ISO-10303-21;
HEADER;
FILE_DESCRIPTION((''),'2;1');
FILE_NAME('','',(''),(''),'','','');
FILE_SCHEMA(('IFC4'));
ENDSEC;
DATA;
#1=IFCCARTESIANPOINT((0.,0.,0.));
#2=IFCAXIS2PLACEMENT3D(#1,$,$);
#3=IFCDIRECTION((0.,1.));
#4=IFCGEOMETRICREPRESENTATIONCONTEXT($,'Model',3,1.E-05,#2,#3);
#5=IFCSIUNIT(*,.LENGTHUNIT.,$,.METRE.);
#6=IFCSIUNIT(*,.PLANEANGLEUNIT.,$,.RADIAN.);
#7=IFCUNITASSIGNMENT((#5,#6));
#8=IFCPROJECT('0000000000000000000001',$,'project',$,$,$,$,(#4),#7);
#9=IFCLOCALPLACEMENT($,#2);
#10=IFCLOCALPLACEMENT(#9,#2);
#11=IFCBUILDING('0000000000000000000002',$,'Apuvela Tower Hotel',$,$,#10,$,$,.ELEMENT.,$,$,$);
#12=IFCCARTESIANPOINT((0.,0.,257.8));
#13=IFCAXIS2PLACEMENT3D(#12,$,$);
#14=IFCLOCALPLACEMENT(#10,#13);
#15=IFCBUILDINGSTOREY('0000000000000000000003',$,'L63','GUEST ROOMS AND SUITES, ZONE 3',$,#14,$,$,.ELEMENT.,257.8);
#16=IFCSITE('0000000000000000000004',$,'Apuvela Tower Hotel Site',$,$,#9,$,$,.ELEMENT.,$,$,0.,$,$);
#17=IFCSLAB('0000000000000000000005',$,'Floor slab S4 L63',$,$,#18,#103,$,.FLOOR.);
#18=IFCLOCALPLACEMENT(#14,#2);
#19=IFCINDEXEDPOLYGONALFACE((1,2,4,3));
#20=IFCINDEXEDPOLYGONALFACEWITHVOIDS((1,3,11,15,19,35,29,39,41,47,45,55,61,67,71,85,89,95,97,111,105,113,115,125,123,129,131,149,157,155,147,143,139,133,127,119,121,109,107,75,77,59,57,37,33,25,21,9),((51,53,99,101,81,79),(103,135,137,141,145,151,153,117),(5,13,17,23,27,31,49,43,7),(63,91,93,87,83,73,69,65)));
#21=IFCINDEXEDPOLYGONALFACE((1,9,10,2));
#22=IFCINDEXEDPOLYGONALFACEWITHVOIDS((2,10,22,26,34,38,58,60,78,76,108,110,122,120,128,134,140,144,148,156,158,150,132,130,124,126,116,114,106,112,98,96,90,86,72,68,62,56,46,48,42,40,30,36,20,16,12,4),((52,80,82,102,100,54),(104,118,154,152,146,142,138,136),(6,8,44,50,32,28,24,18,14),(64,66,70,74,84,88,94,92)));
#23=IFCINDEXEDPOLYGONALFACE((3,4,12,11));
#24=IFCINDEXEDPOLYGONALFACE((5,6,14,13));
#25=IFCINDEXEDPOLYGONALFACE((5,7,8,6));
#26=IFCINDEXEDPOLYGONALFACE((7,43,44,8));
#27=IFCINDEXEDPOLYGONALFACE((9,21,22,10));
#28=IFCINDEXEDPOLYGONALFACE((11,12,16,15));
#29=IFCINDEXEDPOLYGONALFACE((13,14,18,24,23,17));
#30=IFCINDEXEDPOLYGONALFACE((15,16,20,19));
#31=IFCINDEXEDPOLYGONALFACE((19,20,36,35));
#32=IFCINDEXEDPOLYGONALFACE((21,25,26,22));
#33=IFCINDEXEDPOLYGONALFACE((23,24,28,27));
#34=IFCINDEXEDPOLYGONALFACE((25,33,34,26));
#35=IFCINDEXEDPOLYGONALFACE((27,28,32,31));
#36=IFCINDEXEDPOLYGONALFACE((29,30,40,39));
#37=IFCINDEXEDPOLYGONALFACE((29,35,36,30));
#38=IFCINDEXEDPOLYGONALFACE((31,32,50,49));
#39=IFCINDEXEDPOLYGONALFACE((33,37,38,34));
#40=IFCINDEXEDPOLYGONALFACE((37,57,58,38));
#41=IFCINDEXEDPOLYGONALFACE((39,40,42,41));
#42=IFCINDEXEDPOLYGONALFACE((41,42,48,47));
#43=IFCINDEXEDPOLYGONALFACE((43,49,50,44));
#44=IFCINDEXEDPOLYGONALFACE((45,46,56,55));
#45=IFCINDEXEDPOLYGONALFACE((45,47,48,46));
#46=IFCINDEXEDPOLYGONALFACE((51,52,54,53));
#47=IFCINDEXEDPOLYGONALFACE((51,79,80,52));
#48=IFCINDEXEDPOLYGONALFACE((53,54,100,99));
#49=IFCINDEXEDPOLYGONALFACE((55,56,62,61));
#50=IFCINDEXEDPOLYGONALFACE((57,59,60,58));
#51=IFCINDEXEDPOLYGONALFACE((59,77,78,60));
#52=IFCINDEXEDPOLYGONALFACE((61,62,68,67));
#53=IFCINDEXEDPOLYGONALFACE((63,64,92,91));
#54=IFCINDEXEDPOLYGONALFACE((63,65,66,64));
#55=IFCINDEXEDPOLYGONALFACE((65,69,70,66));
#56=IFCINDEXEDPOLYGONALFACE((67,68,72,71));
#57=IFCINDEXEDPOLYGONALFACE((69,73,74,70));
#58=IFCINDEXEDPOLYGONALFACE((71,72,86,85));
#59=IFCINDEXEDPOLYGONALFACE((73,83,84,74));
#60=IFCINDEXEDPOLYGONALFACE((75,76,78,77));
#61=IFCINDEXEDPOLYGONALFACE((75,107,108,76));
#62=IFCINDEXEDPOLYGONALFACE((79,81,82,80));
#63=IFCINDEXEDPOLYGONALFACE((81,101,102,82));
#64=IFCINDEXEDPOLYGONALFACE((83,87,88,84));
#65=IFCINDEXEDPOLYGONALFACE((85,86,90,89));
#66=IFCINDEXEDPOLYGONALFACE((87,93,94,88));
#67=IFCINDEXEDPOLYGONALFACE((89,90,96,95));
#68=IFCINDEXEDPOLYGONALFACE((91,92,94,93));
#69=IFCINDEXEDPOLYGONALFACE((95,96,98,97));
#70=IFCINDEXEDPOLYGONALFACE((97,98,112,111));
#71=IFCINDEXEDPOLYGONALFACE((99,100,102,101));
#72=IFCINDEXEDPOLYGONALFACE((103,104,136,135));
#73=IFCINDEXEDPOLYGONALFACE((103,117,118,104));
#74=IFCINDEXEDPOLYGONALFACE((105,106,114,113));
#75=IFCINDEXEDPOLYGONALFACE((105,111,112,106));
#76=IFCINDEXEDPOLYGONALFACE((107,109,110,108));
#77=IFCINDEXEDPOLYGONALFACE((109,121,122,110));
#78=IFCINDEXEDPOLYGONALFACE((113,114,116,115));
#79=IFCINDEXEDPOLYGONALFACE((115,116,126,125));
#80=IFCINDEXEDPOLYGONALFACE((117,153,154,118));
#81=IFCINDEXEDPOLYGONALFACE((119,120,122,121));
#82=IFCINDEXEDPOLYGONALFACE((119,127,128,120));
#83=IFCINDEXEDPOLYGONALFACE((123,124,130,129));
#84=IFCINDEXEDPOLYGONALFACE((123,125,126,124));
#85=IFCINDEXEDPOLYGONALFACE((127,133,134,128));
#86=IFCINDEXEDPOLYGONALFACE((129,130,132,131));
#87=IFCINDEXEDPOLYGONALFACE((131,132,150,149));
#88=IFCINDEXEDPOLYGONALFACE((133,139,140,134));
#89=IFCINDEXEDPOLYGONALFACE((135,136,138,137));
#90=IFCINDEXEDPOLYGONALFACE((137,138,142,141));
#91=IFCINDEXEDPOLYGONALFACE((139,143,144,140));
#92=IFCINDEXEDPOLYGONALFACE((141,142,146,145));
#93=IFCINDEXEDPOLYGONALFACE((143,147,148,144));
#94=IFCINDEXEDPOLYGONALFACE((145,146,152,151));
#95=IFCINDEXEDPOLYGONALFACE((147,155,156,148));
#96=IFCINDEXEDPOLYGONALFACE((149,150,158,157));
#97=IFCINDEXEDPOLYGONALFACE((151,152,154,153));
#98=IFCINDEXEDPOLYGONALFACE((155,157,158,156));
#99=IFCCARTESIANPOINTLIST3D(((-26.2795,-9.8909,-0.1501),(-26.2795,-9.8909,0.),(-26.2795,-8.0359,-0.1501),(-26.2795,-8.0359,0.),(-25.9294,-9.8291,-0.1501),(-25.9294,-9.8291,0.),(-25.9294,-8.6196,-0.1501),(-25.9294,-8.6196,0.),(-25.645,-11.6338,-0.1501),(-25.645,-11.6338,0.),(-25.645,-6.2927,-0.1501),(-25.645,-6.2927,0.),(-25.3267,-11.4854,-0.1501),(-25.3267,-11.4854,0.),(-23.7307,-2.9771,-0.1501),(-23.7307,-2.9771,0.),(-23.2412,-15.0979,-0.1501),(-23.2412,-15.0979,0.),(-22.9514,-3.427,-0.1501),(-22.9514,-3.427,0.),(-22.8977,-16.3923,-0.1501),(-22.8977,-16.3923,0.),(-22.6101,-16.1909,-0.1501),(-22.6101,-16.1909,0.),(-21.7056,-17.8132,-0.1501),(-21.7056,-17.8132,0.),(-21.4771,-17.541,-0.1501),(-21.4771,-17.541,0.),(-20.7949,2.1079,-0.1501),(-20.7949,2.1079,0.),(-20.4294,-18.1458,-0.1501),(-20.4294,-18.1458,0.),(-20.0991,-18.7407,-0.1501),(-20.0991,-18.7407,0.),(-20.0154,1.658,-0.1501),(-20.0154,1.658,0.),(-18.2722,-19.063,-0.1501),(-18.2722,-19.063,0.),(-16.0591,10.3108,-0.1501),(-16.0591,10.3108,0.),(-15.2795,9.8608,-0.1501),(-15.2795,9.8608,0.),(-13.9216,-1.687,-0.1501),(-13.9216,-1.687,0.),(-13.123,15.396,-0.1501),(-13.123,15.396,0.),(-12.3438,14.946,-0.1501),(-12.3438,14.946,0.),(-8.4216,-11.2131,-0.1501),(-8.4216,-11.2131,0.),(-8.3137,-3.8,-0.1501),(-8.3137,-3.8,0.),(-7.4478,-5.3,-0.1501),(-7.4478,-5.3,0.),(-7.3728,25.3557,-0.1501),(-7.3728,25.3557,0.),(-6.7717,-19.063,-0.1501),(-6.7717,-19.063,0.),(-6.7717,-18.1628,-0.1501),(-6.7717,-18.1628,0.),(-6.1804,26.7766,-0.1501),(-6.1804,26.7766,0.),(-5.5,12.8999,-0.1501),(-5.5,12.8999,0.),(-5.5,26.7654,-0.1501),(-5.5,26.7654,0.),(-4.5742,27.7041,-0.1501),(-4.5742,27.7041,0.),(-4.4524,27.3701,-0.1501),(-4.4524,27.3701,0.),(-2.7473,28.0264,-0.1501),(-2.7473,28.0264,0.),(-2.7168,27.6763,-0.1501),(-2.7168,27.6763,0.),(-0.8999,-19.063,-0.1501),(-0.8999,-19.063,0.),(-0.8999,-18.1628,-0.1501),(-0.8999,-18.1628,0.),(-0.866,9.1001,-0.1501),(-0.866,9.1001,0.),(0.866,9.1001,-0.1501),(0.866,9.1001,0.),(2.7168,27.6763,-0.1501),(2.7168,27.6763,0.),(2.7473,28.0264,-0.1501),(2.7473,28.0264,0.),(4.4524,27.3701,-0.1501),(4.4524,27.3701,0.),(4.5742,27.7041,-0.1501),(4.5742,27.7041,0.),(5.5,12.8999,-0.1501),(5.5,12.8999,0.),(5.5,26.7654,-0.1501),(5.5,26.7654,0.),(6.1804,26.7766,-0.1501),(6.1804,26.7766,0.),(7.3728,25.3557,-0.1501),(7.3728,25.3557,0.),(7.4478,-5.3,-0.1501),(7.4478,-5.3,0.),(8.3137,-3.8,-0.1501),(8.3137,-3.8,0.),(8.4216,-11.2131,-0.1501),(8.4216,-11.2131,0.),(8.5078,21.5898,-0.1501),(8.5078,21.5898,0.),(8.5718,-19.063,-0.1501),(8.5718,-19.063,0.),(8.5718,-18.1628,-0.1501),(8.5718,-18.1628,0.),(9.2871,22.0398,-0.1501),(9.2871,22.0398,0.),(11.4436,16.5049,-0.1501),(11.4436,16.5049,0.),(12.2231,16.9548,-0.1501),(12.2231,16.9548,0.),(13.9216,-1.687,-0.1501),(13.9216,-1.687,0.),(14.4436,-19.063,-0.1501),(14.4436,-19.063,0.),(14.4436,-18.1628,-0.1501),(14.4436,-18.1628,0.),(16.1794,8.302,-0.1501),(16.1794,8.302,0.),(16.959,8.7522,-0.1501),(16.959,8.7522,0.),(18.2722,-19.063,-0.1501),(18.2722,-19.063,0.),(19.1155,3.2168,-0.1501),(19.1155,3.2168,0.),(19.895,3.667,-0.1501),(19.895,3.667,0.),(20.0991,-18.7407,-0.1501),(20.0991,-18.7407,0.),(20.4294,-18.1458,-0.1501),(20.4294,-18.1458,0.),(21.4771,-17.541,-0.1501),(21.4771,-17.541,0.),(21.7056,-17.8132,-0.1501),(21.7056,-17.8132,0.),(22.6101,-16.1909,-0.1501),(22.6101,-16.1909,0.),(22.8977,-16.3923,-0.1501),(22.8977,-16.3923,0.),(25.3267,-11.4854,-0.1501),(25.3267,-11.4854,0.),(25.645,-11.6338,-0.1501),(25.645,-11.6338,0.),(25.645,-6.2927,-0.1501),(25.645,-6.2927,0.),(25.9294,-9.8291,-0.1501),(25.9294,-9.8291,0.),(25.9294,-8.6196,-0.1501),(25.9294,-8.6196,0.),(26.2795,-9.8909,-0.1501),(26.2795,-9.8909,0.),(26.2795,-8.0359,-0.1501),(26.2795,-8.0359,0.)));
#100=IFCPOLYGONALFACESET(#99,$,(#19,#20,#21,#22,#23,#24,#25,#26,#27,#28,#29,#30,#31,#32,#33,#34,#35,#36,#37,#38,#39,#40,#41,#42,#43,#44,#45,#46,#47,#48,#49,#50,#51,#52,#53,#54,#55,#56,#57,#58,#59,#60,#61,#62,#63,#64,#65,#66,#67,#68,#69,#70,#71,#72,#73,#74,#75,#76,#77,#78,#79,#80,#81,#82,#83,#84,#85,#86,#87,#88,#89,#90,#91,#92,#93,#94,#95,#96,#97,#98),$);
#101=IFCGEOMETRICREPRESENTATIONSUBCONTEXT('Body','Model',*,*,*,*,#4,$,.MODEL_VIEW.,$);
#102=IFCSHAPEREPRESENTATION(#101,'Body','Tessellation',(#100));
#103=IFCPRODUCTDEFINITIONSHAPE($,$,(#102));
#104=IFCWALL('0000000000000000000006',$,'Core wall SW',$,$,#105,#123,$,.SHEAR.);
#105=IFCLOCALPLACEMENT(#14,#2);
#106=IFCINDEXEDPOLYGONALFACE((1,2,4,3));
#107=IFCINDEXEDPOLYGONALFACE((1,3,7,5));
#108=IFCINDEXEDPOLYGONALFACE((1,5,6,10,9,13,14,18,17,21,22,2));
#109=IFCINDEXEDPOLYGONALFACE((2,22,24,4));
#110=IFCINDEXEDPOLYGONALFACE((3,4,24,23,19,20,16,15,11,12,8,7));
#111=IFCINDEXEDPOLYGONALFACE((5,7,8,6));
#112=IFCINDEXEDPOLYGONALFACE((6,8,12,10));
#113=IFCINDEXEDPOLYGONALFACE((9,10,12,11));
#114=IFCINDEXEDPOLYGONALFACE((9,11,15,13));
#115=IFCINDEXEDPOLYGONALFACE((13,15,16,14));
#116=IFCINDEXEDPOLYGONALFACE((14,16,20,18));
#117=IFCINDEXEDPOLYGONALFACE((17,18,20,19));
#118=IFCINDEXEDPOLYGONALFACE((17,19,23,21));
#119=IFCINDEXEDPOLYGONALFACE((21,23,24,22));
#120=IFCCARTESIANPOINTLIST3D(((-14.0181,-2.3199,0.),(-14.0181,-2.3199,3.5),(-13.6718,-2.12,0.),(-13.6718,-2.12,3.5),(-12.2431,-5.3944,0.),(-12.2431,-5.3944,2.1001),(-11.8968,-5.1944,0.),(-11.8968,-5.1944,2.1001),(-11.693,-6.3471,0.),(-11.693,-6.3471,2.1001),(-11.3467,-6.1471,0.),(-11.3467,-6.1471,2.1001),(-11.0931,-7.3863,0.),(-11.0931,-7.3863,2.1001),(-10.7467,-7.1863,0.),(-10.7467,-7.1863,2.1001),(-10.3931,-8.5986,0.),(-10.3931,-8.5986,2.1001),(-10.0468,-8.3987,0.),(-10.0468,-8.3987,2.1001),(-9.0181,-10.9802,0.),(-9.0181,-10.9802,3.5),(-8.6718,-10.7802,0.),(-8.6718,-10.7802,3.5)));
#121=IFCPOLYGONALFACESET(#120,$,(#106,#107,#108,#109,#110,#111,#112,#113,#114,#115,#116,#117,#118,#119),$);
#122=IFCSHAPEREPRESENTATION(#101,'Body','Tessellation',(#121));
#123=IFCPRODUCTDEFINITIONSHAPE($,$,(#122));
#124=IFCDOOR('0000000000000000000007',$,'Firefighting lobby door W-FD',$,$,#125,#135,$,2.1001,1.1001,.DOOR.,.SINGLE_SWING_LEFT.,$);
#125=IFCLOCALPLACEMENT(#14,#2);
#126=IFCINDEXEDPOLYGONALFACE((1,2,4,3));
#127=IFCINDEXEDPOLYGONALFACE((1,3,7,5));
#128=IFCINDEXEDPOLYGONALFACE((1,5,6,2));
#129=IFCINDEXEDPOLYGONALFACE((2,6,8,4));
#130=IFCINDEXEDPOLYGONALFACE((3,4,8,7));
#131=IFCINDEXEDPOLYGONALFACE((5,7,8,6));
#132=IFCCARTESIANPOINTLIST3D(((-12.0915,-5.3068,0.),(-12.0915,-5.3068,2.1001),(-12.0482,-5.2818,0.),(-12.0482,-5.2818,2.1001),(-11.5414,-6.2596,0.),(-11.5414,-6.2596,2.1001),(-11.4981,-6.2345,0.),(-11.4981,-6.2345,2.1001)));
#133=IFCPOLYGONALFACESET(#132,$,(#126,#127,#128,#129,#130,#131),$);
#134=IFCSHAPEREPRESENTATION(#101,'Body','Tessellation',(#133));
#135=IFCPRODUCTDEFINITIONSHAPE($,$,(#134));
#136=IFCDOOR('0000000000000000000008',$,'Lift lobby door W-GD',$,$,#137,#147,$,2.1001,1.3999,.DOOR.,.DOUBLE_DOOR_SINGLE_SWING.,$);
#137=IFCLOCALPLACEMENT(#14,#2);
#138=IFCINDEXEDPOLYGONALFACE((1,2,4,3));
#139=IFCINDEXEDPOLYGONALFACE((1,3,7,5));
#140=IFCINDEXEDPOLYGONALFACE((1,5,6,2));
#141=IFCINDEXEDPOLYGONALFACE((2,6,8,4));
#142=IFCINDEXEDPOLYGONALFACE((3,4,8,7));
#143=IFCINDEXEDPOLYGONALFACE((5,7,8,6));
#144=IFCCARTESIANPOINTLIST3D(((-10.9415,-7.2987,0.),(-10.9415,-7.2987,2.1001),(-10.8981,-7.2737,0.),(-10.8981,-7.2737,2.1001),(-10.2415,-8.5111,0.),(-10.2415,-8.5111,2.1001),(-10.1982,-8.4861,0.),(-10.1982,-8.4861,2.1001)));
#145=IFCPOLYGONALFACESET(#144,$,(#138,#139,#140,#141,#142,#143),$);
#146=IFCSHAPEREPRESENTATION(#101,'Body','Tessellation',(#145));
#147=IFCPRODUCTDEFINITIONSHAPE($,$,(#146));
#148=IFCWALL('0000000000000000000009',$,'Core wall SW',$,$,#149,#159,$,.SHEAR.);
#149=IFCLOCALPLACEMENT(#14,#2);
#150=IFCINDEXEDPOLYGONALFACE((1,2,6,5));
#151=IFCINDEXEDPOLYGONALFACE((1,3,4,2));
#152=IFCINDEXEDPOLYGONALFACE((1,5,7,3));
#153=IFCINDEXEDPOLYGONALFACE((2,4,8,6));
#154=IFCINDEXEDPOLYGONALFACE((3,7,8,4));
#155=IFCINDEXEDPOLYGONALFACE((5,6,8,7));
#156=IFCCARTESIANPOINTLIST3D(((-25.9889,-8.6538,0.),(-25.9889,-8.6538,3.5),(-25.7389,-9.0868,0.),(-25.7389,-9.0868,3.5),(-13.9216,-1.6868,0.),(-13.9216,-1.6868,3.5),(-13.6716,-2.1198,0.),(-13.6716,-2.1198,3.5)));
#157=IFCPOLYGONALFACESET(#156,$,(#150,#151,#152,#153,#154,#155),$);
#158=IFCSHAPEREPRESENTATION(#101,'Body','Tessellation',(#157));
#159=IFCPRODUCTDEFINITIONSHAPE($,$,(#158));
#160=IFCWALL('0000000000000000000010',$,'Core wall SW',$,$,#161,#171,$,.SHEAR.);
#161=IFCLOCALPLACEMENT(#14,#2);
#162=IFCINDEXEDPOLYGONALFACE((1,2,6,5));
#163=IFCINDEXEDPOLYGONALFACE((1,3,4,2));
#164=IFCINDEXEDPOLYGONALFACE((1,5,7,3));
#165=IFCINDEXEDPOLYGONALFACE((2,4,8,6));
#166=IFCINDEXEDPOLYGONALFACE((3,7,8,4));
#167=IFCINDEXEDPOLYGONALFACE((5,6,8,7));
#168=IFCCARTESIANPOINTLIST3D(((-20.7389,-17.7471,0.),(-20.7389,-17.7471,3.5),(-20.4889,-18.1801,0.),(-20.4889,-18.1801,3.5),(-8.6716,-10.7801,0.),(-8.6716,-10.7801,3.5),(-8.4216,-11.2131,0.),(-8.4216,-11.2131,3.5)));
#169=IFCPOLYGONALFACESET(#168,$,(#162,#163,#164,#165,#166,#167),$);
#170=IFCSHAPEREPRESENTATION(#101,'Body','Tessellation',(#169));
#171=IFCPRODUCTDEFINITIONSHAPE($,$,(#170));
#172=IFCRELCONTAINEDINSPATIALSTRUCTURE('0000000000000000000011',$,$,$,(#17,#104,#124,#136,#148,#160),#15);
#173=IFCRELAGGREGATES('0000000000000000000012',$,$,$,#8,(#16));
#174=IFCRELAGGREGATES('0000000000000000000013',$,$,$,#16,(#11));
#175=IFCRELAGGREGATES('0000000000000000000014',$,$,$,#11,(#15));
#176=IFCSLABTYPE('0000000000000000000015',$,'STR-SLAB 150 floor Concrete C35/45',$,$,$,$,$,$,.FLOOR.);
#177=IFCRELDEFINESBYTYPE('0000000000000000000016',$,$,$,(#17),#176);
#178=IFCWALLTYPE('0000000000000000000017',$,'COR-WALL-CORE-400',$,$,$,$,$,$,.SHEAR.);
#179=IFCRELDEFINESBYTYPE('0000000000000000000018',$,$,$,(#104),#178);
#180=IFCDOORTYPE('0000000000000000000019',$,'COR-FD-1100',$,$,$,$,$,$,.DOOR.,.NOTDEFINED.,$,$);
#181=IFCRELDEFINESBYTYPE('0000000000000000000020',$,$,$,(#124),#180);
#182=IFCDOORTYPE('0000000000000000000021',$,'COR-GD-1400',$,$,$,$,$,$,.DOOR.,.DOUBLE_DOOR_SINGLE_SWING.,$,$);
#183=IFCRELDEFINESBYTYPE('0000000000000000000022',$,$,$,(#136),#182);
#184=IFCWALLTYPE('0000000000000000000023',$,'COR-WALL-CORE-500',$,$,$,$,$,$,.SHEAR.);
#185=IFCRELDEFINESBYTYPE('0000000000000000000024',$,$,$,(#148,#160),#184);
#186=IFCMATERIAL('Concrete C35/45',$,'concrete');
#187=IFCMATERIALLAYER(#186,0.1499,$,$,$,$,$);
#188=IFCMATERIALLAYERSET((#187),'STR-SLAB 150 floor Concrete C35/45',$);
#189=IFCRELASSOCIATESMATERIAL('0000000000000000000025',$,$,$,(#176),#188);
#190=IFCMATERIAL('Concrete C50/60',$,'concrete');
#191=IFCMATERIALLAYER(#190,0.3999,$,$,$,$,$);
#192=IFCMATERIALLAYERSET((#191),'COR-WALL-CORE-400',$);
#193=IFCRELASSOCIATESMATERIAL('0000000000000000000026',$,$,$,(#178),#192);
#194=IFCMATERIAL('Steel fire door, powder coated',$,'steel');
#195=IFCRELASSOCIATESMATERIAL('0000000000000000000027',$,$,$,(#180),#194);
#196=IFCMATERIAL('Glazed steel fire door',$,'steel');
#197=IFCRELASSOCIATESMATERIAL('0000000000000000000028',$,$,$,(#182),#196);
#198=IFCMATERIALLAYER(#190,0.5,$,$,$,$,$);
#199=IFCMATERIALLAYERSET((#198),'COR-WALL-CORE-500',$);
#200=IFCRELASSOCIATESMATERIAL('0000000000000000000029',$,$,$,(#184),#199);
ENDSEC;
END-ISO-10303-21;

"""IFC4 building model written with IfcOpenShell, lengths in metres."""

from ifc_helpers import new_model, si_unit, direction, frame, frame_2d, origin, place, context, subcontext, project, spatial, polyline, rectangle, outline, extrude, material, layer, layer_set, type_object, element, fill, save


model = new_model("IFC4")

# Units and contexts
model_context = context("Model", 3, precision=1e-05, world=origin(), true_north=direction((0.0, 1.0)))
body_context = subcontext(model_context, "Body", "Model", "MODEL_VIEW")
ifc_project = project(units=[si_unit("LENGTHUNIT", "METRE"), si_unit("PLANEANGLEUNIT", "RADIAN")], contexts=[model_context])

# Site, building, storey
site_placement = place(None, origin())
site = spatial("IfcSite", under=ifc_project, at=site_placement, Name="Apuvela Tower Hotel Site", CompositionType="ELEMENT", RefElevation=0.0)
building_placement = place(site_placement, origin())
building = spatial("IfcBuilding", under=site, at=building_placement, Name="Apuvela Tower Hotel", CompositionType="ELEMENT")
storey_placement = place(building_placement, frame((0.0, 0.0, 257.8)))
storey = spatial("IfcBuildingStorey", under=building, at=storey_placement, Name="L63", Description="GUEST ROOMS AND SUITES, ZONE 3", CompositionType="ELEMENT", Elevation=257.8)

# Slab
ifc_material_1 = material(Name="Concrete C35/45", Category="concrete")
ifc_layer_1 = layer(ifc_material_1, 0.1499)
ifc_layer_set_1 = layer_set([ifc_layer_1], Name="STR-SLAB 150 floor Concrete C35/45")
slab_type_1 = type_object("IfcSlabType", Name="STR-SLAB 150 floor Concrete C35/45", PredefinedType="FLOOR", material=ifc_layer_set_1)
slab_1_placement = place(storey_placement, frame((0.0, 0.0, -0.1501)))
element("IfcSlab", 1, at=slab_1_placement, inside=storey, type_object=slab_type_1, Name="Floor slab S4 L63", PredefinedType="FLOOR", context=body_context, shape_type="SweptSolid", body=[
    extrude(outline(polyline([(-6.1804, 26.7766), (-4.5742, 27.7041), (-2.7473, 28.0264), (2.7473, 28.0264), (4.5742, 27.7041), (6.1804, 26.7766), (7.3728, 25.3557), (9.2871, 22.0398), (8.5078, 21.5898), (11.4436, 16.5049), (12.2231, 16.9548), (16.959, 8.7522), (16.1794, 8.302), (19.1155, 3.2168), (19.895, 3.667), (25.645, -6.2927), (26.2795, -8.0359), (26.2795, -9.8909), (25.645, -11.6338), (22.8977, -16.3923), (21.7056, -17.8132), (20.0991, -18.7407), (18.2722, -19.063), (14.4436, -19.063), (14.4436, -18.1628), (8.5718, -18.1628), (8.5718, -19.063), (-0.8999, -19.063), (-0.8999, -18.1628), (-6.7717, -18.1628), (-6.7717, -19.063), (-18.2722, -19.063), (-20.0991, -18.7407), (-21.7056, -17.8132), (-22.8977, -16.3923), (-25.645, -11.6338), (-26.2795, -9.8909), (-26.2795, -8.0359), (-25.645, -6.2927), (-23.7307, -2.9771), (-22.9514, -3.427), (-20.0154, 1.658), (-20.7949, 2.1079), (-16.0591, 10.3108), (-15.2795, 9.8608), (-12.3438, 14.946), (-13.123, 15.396), (-7.3728, 25.3557), (-6.1804, 26.7766)]), holes=[polyline([(0.866, 9.1001), (-0.866, 9.1001), (-8.3137, -3.8), (-7.4478, -5.3), (7.4478, -5.3), (8.3137, -3.8), (0.866, 9.1001)]), polyline([(-5.5, 12.8999), (-5.5, 26.7654), (-4.4524, 27.3701), (-2.7168, 27.6763), (2.7168, 27.6763), (4.4524, 27.3701), (5.5, 26.7654), (5.5, 12.8999), (-5.5, 12.8999)]), polyline([(-8.4216, -11.2131), (-20.4294, -18.1458), (-21.4771, -17.541), (-22.6101, -16.1909), (-23.2412, -15.0979), (-25.3267, -11.4854), (-25.9294, -9.8291), (-25.9294, -8.6196), (-13.9216, -1.687), (-8.4216, -11.2131)]), polyline([(13.9216, -1.687), (25.9294, -8.6196), (25.9294, -9.8291), (25.3267, -11.4854), (22.6101, -16.1909), (21.4771, -17.541), (20.4294, -18.1458), (8.4216, -11.2131), (13.9216, -1.687)])]), origin(), (0.0, 0.0, 1.0), 0.1501),
])

# Wall, openings, doors
ifc_material_2 = material(Name="Concrete C50/60", Category="concrete")
ifc_layer_2 = layer(ifc_material_2, 0.3999)
ifc_layer_set_2 = layer_set([ifc_layer_2], Name="COR-WALL-CORE-400")
wall_type_1 = type_object("IfcWallType", Name="COR-WALL-CORE-400", PredefinedType="SHEAR", material=ifc_layer_set_2)
wall_1_placement = place(storey_placement, frame((-13.845, -2.22, 0.0), z_axis=(0.0, 0.0, 1.0), x_axis=(0.500004, -0.866023, 0.0)))
wall_1 = element("IfcWall", 2, at=wall_1_placement, inside=storey, type_object=wall_type_1, Name="Core wall SW", PredefinedType="SHEAR", context=body_context, shape_type="SweptSolid", body=[
    extrude(rectangle(XDim=10.0, YDim=0.3999, at=frame_2d((5.0, 0.0))), origin(), (0.0, 0.0, 1.0), 3.5),
])
opening_1_placement = place(wall_1_placement, frame((3.55, 0.0, 0.0)))
opening_1 = element("IfcOpeningElement", 3, at=opening_1_placement, cuts=wall_1, PredefinedType="OPENING", context=body_context, shape_type="SweptSolid", body=[
    extrude(rectangle(XDim=1.1001, YDim=2.1001, at=frame_2d((0.55, 1.05))), frame((0.0, 0.21, 0.0), z_axis=(0.0, -1.0, 0.0), x_axis=(1.0, 0.0, 0.0)), (0.0, 0.0, 1.0), 0.4199),
])
opening_2_placement = place(wall_1_placement, frame((5.8501, 0.0, 0.0)))
opening_2 = element("IfcOpeningElement", 4, at=opening_2_placement, cuts=wall_1, PredefinedType="OPENING", context=body_context, shape_type="SweptSolid", body=[
    extrude(rectangle(XDim=1.3999, YDim=2.1001, at=frame_2d((0.7, 1.05))), frame((0.0, 0.21, 0.0), z_axis=(0.0, -1.0, 0.0), x_axis=(1.0, 0.0, 0.0)), (0.0, 0.0, 1.0), 0.4199),
])
ifc_material_3 = material(Name="Steel fire door, powder coated", Category="steel")
door_type_1 = type_object("IfcDoorType", Name="COR-FD-1100", OperationType="NOTDEFINED", PredefinedType="DOOR", material=ifc_material_3)
door_1_placement = place(opening_1_placement, frame((1.1001, 0.0, 0.0), z_axis=(0.0, 0.0, 1.0), x_axis=(-1.0, 0.0, 0.0)))
door_1 = element("IfcDoor", 5, at=door_1_placement, inside=storey, type_object=door_type_1, Name="Firefighting lobby door W-FD", OperationType="SINGLE_SWING_LEFT", OverallHeight=2.1001, OverallWidth=1.1001, PredefinedType="DOOR", context=body_context, shape_type="SweptSolid", body=[
    extrude(rectangle(XDim=1.1001, YDim=2.1001, at=frame_2d((0.55, 1.05))), frame((0.0, 0.0249, 0.0), z_axis=(0.0, -1.0, 0.0), x_axis=(1.0, 0.0, 0.0)), (0.0, 0.0, 1.0), 0.05),
])
fill(opening_1, door_1)
ifc_material_4 = material(Name="Glazed steel fire door", Category="steel")
door_type_2 = type_object("IfcDoorType", Name="COR-GD-1400", OperationType="DOUBLE_DOOR_SINGLE_SWING", PredefinedType="DOOR", material=ifc_material_4)
door_2_placement = place(opening_2_placement, frame((1.3999, 0.0, 0.0), z_axis=(0.0, 0.0, 1.0), x_axis=(-1.0, 0.0, 0.0)))
door_2 = element("IfcDoor", 6, at=door_2_placement, inside=storey, type_object=door_type_2, Name="Lift lobby door W-GD", OperationType="DOUBLE_DOOR_SINGLE_SWING", OverallHeight=2.1001, OverallWidth=1.3999, PredefinedType="DOOR", context=body_context, shape_type="SweptSolid", body=[
    extrude(rectangle(XDim=1.3999, YDim=2.1001, at=frame_2d((0.7, 1.05))), frame((0.0, 0.0249, 0.0), z_axis=(0.0, -1.0, 0.0), x_axis=(1.0, 0.0, 0.0)), (0.0, 0.0, 1.0), 0.05),
])
fill(opening_2, door_2)

# Walls
ifc_layer_3 = layer(ifc_material_2, 0.5)
ifc_layer_set_3 = layer_set([ifc_layer_3], Name="COR-WALL-CORE-500")
wall_type_2 = type_object("IfcWallType", Name="COR-WALL-CORE-500", PredefinedType="SHEAR", material=ifc_layer_set_3)
for number, where, z_axis, x_axis, name in (
    (7, (-13.7966, -1.9033, 0.0), (0.0, 0.0, 1.0), (-0.866027, -0.499996, 0.0), "Core wall SW"),
    (8, (-8.5466, -10.9966, 0.0), (0.0, 0.0, 1.0), (-0.866027, -0.499996, 0.0), "Core wall SW"),
):
    element("IfcWall", number, at=place(storey_placement, frame(where, z_axis=z_axis, x_axis=x_axis)), inside=storey, type_object=wall_type_2, Name=name, PredefinedType="SHEAR", context=body_context, shape_type="SweptSolid", body=[
        extrude(rectangle(XDim=13.9341, YDim=0.5, at=frame_2d((6.967, 0.0))), origin(), (0.0, 0.0, 1.0), 3.5),
    ])

save(model, "model.ifc")
